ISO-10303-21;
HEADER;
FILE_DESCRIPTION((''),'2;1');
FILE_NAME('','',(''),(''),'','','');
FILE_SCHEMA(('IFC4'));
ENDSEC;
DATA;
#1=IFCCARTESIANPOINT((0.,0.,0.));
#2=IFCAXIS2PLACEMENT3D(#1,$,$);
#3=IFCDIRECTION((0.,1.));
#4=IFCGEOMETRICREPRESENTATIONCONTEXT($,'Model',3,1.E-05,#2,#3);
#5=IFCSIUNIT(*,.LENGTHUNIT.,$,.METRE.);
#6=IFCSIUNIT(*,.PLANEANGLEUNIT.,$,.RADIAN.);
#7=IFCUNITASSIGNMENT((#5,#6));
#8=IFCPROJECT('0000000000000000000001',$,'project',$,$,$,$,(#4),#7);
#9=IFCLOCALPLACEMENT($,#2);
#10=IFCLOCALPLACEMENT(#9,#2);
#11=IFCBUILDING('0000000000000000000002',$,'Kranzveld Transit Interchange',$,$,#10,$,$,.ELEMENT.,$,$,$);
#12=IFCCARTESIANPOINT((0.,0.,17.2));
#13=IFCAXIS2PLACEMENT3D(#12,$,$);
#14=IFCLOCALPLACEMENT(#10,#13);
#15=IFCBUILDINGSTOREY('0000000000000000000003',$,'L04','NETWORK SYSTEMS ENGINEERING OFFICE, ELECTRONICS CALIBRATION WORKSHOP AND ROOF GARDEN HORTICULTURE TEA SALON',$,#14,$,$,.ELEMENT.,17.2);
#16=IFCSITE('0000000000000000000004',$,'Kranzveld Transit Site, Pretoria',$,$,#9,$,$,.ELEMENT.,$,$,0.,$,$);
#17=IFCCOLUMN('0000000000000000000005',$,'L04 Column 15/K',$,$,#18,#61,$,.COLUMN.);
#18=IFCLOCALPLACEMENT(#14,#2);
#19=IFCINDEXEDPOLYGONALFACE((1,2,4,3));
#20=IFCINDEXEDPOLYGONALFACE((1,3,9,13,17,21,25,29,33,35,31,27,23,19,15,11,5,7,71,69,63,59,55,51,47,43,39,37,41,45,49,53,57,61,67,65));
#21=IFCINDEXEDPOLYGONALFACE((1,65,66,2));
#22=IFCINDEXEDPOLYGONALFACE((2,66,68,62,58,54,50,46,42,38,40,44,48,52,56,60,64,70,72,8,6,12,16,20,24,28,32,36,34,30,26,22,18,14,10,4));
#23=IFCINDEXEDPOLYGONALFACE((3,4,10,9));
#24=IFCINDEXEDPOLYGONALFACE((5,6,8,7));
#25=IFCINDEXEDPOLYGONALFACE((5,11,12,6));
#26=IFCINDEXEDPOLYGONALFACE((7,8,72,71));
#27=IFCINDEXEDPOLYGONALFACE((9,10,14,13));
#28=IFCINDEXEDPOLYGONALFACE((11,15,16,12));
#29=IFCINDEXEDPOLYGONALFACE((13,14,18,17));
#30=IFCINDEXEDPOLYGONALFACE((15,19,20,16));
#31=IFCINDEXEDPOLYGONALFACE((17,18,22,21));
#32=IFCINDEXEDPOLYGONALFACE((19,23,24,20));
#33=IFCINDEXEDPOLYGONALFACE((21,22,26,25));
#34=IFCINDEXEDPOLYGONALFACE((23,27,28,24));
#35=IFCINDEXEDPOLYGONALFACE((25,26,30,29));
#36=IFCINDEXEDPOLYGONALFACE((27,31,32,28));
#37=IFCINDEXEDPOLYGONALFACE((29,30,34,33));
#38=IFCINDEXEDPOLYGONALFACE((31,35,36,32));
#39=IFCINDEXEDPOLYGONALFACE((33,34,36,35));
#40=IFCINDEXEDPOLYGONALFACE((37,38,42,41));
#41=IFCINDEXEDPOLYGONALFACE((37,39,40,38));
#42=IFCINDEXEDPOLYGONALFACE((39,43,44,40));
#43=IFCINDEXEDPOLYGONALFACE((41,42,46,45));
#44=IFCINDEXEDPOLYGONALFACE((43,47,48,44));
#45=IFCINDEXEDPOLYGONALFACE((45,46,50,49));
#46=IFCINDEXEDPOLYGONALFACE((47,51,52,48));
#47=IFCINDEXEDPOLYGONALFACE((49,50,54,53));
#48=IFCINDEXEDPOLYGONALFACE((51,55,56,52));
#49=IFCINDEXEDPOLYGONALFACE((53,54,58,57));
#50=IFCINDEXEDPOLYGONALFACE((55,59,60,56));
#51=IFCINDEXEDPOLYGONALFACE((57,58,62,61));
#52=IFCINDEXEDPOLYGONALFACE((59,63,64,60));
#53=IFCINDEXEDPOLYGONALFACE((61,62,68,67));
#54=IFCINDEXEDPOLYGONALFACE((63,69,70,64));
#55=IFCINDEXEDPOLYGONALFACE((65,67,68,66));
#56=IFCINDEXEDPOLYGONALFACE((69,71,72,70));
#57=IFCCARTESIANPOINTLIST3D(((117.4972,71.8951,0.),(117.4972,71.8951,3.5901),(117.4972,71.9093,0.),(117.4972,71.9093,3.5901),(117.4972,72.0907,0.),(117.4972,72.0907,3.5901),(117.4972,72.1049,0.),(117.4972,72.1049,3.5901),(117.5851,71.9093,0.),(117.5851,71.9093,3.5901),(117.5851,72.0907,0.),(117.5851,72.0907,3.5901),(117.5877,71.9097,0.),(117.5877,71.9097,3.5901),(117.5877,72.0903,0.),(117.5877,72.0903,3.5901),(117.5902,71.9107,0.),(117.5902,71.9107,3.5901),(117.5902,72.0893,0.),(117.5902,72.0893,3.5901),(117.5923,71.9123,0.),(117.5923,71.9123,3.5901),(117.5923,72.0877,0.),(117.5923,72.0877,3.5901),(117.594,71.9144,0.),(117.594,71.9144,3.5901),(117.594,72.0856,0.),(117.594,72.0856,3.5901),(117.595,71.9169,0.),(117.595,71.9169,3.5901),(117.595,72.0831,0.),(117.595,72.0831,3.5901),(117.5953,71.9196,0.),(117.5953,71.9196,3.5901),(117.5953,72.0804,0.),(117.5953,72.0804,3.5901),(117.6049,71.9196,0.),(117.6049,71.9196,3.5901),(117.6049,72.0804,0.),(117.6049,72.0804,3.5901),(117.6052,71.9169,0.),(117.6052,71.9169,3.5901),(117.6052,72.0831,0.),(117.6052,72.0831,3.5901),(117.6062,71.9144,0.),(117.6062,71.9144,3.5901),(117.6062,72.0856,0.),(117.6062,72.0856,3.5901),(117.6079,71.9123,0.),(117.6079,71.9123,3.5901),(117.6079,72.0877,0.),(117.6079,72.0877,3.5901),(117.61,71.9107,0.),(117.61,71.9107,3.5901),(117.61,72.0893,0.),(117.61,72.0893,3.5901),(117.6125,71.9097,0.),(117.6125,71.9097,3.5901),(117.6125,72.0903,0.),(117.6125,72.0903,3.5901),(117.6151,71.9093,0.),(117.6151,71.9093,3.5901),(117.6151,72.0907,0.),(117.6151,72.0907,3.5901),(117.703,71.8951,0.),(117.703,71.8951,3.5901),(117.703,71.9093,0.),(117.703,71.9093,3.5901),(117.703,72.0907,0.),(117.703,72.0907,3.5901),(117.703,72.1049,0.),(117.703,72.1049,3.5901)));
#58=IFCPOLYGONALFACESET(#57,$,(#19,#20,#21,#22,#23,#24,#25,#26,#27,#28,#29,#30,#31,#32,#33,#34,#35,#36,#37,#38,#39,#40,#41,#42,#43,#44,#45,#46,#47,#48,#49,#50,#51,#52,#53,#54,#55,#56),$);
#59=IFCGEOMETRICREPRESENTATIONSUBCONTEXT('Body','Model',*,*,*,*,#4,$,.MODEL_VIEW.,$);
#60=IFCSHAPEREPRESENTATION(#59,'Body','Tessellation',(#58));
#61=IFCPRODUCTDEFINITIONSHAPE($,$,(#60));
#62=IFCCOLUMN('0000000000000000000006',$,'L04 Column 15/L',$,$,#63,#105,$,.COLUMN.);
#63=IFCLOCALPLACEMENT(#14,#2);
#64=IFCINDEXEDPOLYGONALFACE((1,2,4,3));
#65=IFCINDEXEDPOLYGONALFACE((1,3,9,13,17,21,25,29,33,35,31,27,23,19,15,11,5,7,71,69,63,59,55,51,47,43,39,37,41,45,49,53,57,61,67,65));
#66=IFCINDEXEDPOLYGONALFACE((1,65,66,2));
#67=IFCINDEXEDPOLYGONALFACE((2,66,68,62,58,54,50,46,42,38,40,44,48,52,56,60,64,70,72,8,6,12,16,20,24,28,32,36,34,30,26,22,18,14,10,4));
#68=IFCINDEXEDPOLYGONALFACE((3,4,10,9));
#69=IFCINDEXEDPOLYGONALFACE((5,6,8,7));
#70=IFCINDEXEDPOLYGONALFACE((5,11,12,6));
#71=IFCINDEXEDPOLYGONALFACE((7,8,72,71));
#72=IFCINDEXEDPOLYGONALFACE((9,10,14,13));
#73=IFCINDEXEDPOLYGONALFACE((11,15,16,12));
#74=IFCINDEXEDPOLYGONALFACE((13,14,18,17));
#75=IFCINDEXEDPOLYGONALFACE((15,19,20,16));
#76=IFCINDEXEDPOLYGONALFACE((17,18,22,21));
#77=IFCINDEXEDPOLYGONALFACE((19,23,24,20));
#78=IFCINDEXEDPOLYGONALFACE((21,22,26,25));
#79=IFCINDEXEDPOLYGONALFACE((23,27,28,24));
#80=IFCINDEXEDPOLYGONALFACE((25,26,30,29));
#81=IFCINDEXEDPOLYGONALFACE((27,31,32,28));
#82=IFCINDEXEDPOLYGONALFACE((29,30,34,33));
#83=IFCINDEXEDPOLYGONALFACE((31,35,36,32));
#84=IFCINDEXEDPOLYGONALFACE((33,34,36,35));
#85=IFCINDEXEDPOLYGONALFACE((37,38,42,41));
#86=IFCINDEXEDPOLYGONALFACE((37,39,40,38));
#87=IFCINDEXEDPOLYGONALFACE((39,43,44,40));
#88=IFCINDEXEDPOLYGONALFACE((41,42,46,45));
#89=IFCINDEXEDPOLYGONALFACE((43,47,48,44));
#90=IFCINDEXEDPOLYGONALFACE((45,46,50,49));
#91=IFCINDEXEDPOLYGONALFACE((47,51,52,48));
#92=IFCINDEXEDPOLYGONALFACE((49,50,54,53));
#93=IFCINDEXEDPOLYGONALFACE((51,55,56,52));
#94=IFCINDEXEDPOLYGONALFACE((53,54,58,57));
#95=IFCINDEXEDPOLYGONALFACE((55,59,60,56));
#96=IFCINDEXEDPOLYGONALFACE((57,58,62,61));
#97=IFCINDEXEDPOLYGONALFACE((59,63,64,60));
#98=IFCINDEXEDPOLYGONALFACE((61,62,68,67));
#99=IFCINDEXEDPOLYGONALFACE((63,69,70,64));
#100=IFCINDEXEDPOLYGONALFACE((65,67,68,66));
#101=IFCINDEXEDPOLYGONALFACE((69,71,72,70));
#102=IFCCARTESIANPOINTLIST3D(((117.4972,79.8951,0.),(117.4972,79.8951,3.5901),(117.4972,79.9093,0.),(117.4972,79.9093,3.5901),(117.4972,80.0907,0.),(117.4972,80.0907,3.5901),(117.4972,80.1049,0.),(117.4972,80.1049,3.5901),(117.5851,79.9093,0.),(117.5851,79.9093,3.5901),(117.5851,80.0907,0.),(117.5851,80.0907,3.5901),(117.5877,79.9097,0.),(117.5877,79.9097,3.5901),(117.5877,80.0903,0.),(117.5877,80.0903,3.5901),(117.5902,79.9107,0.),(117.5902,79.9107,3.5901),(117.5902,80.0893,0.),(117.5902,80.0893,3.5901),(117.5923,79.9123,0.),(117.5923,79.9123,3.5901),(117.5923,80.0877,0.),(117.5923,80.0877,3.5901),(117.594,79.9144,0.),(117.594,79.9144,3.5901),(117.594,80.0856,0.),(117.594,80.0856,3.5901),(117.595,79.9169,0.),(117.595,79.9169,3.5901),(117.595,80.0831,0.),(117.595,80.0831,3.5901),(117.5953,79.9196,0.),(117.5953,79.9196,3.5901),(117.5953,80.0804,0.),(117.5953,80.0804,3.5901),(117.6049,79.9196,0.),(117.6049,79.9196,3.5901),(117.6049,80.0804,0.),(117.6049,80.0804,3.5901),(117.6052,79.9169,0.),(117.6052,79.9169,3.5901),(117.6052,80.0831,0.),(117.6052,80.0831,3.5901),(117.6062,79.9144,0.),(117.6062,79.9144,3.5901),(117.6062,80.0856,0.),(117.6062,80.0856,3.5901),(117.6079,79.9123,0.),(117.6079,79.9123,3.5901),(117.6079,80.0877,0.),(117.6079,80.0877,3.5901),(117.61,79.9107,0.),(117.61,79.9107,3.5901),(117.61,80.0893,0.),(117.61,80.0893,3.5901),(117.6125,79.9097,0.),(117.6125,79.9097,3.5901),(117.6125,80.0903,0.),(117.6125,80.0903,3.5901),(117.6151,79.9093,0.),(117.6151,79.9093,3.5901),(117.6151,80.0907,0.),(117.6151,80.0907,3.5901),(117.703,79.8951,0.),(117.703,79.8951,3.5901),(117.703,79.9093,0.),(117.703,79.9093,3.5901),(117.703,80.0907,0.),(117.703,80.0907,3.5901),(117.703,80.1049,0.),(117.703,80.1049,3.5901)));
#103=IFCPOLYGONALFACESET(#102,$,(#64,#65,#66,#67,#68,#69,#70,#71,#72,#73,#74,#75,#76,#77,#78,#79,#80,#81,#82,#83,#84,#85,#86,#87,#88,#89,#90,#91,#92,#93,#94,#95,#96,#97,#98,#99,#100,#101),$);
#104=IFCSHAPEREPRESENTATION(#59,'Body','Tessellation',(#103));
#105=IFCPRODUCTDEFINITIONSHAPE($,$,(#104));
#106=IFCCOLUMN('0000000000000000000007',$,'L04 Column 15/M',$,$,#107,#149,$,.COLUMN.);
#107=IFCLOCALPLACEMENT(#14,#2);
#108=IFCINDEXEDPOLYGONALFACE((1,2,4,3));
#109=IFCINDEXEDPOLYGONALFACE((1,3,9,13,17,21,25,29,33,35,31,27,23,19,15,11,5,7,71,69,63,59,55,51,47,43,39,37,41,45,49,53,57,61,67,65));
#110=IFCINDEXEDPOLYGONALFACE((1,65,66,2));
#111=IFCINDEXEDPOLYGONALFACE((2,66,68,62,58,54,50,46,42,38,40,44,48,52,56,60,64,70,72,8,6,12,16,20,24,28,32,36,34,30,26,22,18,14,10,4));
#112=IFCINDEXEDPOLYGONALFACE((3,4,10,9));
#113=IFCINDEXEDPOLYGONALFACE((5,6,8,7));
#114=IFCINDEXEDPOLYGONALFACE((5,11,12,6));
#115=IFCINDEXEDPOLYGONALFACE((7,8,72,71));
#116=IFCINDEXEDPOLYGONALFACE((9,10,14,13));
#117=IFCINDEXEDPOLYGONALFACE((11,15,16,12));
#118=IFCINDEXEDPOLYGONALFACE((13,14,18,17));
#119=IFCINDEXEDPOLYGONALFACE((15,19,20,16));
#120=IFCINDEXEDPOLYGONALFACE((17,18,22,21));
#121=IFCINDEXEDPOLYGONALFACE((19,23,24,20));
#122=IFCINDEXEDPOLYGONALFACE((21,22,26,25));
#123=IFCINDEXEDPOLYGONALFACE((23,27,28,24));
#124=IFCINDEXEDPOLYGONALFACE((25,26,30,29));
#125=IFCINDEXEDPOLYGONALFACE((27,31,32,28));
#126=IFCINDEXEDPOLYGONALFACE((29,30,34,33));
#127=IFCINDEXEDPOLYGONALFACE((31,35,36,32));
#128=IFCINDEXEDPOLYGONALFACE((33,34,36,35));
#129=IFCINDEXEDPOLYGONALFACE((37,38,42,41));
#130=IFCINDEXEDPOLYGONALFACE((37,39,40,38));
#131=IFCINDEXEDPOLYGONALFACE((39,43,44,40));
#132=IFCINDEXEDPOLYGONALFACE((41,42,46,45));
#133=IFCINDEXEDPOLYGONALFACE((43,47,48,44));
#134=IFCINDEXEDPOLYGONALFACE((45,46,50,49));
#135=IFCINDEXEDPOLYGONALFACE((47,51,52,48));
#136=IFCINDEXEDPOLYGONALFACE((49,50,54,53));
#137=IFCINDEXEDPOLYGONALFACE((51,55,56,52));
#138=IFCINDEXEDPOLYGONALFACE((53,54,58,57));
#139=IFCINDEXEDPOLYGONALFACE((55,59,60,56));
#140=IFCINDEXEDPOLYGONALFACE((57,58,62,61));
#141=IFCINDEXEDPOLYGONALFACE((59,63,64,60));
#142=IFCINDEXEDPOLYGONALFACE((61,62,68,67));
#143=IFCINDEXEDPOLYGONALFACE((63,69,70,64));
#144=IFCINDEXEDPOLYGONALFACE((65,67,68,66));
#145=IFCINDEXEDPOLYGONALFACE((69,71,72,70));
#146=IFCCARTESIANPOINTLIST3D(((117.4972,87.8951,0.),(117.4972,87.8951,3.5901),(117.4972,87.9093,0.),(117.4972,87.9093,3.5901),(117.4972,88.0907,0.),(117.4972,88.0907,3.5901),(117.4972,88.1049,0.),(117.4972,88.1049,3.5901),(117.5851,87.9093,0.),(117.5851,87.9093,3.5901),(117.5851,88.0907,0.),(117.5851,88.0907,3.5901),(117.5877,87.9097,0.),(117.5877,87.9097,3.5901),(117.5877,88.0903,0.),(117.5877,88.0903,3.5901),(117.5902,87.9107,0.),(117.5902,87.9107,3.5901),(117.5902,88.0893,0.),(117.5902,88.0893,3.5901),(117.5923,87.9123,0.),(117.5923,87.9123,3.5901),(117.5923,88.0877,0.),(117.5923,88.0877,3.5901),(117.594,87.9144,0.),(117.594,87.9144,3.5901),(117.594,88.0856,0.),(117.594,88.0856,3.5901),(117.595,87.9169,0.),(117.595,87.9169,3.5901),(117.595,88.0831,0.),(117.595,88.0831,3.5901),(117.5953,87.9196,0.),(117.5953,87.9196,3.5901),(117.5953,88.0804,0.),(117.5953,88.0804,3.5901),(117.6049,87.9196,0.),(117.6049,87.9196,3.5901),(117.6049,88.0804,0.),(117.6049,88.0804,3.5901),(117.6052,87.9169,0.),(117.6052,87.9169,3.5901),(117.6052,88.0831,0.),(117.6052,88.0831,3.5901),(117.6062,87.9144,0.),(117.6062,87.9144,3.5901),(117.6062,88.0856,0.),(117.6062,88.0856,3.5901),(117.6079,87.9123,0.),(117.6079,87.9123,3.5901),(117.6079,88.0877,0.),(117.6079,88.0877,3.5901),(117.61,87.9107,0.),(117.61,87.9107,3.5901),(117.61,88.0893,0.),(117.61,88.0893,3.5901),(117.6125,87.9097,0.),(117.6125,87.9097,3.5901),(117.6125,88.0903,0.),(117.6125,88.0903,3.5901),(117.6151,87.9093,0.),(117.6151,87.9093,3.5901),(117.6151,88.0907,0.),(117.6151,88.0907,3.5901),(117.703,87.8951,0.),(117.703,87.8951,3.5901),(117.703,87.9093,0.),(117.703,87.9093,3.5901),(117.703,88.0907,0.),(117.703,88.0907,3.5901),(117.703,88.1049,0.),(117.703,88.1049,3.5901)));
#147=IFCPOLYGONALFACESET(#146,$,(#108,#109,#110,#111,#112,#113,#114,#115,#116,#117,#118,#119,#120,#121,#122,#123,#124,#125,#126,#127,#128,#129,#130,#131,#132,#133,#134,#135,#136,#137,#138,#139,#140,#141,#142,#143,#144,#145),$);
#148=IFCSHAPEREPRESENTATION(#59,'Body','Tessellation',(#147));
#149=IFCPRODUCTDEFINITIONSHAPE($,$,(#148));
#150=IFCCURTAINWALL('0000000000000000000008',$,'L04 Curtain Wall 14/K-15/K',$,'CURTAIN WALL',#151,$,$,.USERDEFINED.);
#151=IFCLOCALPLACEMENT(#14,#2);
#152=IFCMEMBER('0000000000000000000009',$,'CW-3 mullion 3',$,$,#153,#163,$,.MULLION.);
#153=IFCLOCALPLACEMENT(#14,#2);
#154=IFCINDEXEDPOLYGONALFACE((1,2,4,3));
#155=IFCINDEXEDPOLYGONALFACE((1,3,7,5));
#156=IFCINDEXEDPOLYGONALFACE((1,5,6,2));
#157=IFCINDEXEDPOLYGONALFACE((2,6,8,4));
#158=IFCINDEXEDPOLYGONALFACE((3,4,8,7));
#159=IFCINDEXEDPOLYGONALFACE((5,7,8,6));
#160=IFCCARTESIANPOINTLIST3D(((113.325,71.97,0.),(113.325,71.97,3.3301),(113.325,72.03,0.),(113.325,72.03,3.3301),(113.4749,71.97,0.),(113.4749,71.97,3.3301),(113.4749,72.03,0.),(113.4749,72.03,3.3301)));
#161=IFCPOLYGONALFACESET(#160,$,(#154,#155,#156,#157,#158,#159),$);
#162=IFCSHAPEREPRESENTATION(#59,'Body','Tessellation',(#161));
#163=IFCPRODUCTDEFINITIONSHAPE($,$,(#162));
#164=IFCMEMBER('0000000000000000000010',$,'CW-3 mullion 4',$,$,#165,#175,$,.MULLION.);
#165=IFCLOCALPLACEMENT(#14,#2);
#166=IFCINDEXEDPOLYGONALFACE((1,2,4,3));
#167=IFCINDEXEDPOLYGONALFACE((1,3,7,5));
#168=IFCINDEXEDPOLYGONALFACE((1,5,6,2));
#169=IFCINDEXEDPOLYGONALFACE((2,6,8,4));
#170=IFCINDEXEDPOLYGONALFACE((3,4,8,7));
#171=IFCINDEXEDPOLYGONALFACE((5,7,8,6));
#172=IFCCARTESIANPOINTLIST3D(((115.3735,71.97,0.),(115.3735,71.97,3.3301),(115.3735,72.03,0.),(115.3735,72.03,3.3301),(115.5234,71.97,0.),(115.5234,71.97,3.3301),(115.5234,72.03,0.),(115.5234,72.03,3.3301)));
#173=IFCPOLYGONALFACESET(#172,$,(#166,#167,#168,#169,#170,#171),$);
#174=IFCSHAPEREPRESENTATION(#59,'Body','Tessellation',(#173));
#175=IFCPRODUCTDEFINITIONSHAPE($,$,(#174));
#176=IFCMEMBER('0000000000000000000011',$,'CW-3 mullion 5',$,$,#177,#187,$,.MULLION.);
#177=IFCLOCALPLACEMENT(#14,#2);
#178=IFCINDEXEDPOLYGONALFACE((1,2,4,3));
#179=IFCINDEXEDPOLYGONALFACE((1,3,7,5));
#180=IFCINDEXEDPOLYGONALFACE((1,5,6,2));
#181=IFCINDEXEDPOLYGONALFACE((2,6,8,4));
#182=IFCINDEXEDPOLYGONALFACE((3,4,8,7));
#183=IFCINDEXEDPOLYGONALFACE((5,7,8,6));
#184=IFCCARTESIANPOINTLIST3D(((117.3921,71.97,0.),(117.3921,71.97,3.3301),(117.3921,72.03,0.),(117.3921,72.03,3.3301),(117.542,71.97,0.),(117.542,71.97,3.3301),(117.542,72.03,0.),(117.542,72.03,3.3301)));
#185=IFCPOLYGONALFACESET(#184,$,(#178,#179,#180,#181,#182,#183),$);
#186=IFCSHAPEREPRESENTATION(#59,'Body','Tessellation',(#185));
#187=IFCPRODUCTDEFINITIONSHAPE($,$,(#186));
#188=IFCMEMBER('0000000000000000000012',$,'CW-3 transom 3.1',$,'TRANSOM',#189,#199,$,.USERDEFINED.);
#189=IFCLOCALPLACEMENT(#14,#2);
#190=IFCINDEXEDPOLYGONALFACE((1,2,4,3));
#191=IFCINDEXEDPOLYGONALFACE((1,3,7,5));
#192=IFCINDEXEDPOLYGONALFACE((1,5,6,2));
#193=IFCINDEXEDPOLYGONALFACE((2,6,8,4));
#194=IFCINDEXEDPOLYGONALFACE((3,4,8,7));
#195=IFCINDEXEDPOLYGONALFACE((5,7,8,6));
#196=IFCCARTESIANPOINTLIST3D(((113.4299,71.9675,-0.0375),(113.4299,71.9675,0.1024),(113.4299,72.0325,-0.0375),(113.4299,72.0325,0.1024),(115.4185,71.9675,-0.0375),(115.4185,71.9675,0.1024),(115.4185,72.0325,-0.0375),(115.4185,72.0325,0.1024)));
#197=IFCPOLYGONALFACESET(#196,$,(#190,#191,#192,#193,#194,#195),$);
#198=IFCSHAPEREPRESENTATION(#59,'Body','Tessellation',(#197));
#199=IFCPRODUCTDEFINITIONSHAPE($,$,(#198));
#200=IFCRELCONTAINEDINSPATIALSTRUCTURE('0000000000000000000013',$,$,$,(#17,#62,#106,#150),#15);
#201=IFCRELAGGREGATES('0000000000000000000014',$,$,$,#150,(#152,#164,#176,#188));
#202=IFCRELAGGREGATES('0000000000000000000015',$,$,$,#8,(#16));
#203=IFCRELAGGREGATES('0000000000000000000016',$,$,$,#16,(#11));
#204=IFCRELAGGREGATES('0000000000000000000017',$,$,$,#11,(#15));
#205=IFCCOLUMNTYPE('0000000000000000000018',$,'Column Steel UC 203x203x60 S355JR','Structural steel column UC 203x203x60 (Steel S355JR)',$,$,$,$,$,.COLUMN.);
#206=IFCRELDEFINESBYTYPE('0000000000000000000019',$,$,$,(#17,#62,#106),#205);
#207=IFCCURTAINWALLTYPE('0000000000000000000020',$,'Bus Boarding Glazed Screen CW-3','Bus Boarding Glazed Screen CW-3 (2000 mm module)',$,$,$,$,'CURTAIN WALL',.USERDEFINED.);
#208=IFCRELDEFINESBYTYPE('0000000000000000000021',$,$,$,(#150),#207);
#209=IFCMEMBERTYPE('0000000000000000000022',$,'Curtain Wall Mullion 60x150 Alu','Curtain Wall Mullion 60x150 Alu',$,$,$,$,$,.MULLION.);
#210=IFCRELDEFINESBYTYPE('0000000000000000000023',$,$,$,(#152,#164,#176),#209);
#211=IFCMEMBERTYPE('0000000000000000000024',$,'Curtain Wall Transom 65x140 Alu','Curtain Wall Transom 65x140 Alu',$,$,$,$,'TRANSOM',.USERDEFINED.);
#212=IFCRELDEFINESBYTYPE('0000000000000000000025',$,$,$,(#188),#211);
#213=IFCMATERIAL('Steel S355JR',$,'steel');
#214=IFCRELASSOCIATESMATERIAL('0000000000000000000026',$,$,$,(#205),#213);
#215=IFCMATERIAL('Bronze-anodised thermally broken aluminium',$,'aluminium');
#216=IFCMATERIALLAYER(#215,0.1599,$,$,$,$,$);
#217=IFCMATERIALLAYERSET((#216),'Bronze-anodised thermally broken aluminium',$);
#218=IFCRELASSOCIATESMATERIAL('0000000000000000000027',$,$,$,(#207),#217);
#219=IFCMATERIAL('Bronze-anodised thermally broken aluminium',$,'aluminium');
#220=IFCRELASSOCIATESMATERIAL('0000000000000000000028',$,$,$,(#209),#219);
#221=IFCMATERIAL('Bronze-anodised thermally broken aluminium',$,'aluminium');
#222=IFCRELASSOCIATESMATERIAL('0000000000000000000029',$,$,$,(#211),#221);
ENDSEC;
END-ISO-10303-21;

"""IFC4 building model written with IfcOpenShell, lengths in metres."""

from ifc_helpers import new_model, si_unit, direction, frame, origin, origin_2d, place, context, subcontext, project, spatial, rectangle, i_section, extrude, material, layer, layer_set, material_profile, profile_set, type_object, element, aggregate, save


model = new_model("IFC4")

# Units and contexts
model_context = context("Model", 3, precision=1e-05, world=origin(), true_north=direction((0.0, 1.0)))
body_context = subcontext(model_context, "Body", "Model", "MODEL_VIEW")
ifc_project = project(units=[si_unit("LENGTHUNIT", "METRE"), si_unit("PLANEANGLEUNIT", "RADIAN")], contexts=[model_context])

# Site, building, storey
site_placement = place(None, origin())
site = spatial("IfcSite", under=ifc_project, at=site_placement, Name="Kranzveld Transit Site, Pretoria", CompositionType="ELEMENT", RefElevation=0.0)
building_placement = place(site_placement, origin())
building = spatial("IfcBuilding", under=site, at=building_placement, Name="Kranzveld Transit Interchange", CompositionType="ELEMENT")
storey_placement = place(building_placement, frame((0.0, 0.0, 17.2)))
storey = spatial("IfcBuildingStorey", under=building, at=storey_placement, Name="L04", Description="NETWORK SYSTEMS ENGINEERING OFFICE, ELECTRONICS CALIBRATION WORKSHOP AND ROOF GARDEN HORTICULTURE TEA SALON", CompositionType="ELEMENT", Elevation=17.2)

# Columns
ifc_material_1 = material(Name="Steel S355JR", Category="steel")
ifc_material_profile_1 = material_profile(ifc_material_1, i_section(OverallWidth=0.2058, OverallDepth=0.2097, WebThickness=0.0095, FlangeThickness=0.0142, FilletRadius=0.0103, at=origin_2d()), Name="UC 203x203x60")
ifc_profile_set_1 = profile_set([ifc_material_profile_1], Name="Steel S355JR")
column_type = type_object("IfcColumnType", Name="Column Steel UC 203x203x60 S355JR", Description="Structural steel column UC 203x203x60 (Steel S355JR)", PredefinedType="COLUMN", material=ifc_profile_set_1)
for number, where, z_axis, x_axis, name in (
    (1, (117.6001, 72.0, 0.0), (0.0, 0.0, 1.0), (1.0, 0.0, 0.0), "L04 Column 15/K"),
    (2, (117.6001, 80.0, 0.0), (0.0, 0.0, 1.0), (1.0, 0.0, 0.0), "L04 Column 15/L"),
    (3, (117.6001, 88.0, 0.0), (0.0, 0.0, 1.0), (1.0, 0.0, 0.0), "L04 Column 15/M"),
):
    element("IfcColumn", number, at=place(storey_placement, frame(where, z_axis=z_axis, x_axis=x_axis)), inside=storey, type_object=column_type, Name=name, PredefinedType="COLUMN", context=body_context, shape_type="SweptSolid", body=[
        extrude(i_section(OverallWidth=0.2058, OverallDepth=0.2097, WebThickness=0.0095, FlangeThickness=0.0142, FilletRadius=0.0103, at=origin_2d()), origin(), (0.0, 0.0, 1.0), 3.5901),
    ])

# Curtain wall, members
ifc_material_2 = material(Name="Bronze-anodised thermally broken aluminium", Category="aluminium")
ifc_layer_1 = layer(ifc_material_2, 0.1599)
ifc_layer_set_1 = layer_set([ifc_layer_1], Name="Bronze-anodised thermally broken aluminium")
curtain_wall_type = type_object("IfcCurtainWallType", Name="Bus Boarding Glazed Screen CW-3", Description="Bus Boarding Glazed Screen CW-3 (2000 mm module)", ElementType="CURTAIN WALL", PredefinedType="USERDEFINED", material=ifc_layer_set_1)
curtain_wall_placement = place(storey_placement, origin())
curtain_wall = element("IfcCurtainWall", 4, at=curtain_wall_placement, inside=storey, type_object=curtain_wall_type, Name="L04 Curtain Wall 14/K-15/K", ObjectType="CURTAIN WALL", PredefinedType="USERDEFINED")
ifc_material_3 = material(Name="Bronze-anodised thermally broken aluminium", Category="aluminium")
ifc_material_profile_2 = material_profile(ifc_material_3, rectangle(XDim=0.0601, YDim=0.1499, at=origin_2d()), Name="ALU MULLION 60x150")
ifc_profile_set_2 = profile_set([ifc_material_profile_2], Name="Bronze-anodised thermally broken aluminium")
member_type_1 = type_object("IfcMemberType", Name="Curtain Wall Mullion 60x150 Alu", Description="Curtain Wall Mullion 60x150 Alu", PredefinedType="MULLION", material=ifc_profile_set_2)
member_1_placement = place(storey_placement, frame((113.3999, 72.0, 0.0), z_axis=(0.0, 0.0, 1.0), x_axis=(0.0, 1.0, 0.0)))
member_1 = element("IfcMember", 5, at=member_1_placement, type_object=member_type_1, Name="CW-3 mullion 3", PredefinedType="MULLION", context=body_context, shape_type="SweptSolid", body=[
    extrude(rectangle(XDim=0.0601, YDim=0.1499, at=origin_2d()), origin(), (0.0, 0.0, 1.0), 3.3301),
])
member_2_placement = place(storey_placement, frame((115.4485, 72.0, 0.0), z_axis=(0.0, 0.0, 1.0), x_axis=(0.0, 1.0, 0.0)))
member_2 = element("IfcMember", 6, at=member_2_placement, type_object=member_type_1, Name="CW-3 mullion 4", PredefinedType="MULLION", context=body_context, shape_type="SweptSolid", body=[
    extrude(rectangle(XDim=0.0601, YDim=0.1499, at=origin_2d()), origin(), (0.0, 0.0, 1.0), 3.3301),
])
member_3_placement = place(storey_placement, frame((117.467, 72.0, 0.0), z_axis=(0.0, 0.0, 1.0), x_axis=(0.0, 1.0, 0.0)))
member_3 = element("IfcMember", 7, at=member_3_placement, type_object=member_type_1, Name="CW-3 mullion 5", PredefinedType="MULLION", context=body_context, shape_type="SweptSolid", body=[
    extrude(rectangle(XDim=0.0601, YDim=0.1499, at=origin_2d()), origin(), (0.0, 0.0, 1.0), 3.3301),
])
ifc_material_4 = material(Name="Bronze-anodised thermally broken aluminium", Category="aluminium")
ifc_material_profile_3 = material_profile(ifc_material_4, rectangle(XDim=0.0649, YDim=0.1399, at=origin_2d()), Name="ALU TRANSOM 65x140")
ifc_profile_set_3 = profile_set([ifc_material_profile_3], Name="Bronze-anodised thermally broken aluminium")
member_type_2 = type_object("IfcMemberType", Name="Curtain Wall Transom 65x140 Alu", Description="Curtain Wall Transom 65x140 Alu", ElementType="TRANSOM", PredefinedType="USERDEFINED", material=ifc_profile_set_3)
member_4_placement = place(storey_placement, frame((113.4299, 72.0, 0.0325), z_axis=(1.0, 0.0, 0.0), x_axis=(0.0, 1.0, 0.0)))
member_4 = element("IfcMember", 8, at=member_4_placement, type_object=member_type_2, Name="CW-3 transom 3.1", ObjectType="TRANSOM", PredefinedType="USERDEFINED", context=body_context, shape_type="SweptSolid", body=[
    extrude(rectangle(XDim=0.0649, YDim=0.1399, at=origin_2d()), origin(), (0.0, 0.0, 1.0), 1.9885),
])
aggregate(curtain_wall, [member_1, member_2, member_3, member_4])

save(model, "model.ifc")
